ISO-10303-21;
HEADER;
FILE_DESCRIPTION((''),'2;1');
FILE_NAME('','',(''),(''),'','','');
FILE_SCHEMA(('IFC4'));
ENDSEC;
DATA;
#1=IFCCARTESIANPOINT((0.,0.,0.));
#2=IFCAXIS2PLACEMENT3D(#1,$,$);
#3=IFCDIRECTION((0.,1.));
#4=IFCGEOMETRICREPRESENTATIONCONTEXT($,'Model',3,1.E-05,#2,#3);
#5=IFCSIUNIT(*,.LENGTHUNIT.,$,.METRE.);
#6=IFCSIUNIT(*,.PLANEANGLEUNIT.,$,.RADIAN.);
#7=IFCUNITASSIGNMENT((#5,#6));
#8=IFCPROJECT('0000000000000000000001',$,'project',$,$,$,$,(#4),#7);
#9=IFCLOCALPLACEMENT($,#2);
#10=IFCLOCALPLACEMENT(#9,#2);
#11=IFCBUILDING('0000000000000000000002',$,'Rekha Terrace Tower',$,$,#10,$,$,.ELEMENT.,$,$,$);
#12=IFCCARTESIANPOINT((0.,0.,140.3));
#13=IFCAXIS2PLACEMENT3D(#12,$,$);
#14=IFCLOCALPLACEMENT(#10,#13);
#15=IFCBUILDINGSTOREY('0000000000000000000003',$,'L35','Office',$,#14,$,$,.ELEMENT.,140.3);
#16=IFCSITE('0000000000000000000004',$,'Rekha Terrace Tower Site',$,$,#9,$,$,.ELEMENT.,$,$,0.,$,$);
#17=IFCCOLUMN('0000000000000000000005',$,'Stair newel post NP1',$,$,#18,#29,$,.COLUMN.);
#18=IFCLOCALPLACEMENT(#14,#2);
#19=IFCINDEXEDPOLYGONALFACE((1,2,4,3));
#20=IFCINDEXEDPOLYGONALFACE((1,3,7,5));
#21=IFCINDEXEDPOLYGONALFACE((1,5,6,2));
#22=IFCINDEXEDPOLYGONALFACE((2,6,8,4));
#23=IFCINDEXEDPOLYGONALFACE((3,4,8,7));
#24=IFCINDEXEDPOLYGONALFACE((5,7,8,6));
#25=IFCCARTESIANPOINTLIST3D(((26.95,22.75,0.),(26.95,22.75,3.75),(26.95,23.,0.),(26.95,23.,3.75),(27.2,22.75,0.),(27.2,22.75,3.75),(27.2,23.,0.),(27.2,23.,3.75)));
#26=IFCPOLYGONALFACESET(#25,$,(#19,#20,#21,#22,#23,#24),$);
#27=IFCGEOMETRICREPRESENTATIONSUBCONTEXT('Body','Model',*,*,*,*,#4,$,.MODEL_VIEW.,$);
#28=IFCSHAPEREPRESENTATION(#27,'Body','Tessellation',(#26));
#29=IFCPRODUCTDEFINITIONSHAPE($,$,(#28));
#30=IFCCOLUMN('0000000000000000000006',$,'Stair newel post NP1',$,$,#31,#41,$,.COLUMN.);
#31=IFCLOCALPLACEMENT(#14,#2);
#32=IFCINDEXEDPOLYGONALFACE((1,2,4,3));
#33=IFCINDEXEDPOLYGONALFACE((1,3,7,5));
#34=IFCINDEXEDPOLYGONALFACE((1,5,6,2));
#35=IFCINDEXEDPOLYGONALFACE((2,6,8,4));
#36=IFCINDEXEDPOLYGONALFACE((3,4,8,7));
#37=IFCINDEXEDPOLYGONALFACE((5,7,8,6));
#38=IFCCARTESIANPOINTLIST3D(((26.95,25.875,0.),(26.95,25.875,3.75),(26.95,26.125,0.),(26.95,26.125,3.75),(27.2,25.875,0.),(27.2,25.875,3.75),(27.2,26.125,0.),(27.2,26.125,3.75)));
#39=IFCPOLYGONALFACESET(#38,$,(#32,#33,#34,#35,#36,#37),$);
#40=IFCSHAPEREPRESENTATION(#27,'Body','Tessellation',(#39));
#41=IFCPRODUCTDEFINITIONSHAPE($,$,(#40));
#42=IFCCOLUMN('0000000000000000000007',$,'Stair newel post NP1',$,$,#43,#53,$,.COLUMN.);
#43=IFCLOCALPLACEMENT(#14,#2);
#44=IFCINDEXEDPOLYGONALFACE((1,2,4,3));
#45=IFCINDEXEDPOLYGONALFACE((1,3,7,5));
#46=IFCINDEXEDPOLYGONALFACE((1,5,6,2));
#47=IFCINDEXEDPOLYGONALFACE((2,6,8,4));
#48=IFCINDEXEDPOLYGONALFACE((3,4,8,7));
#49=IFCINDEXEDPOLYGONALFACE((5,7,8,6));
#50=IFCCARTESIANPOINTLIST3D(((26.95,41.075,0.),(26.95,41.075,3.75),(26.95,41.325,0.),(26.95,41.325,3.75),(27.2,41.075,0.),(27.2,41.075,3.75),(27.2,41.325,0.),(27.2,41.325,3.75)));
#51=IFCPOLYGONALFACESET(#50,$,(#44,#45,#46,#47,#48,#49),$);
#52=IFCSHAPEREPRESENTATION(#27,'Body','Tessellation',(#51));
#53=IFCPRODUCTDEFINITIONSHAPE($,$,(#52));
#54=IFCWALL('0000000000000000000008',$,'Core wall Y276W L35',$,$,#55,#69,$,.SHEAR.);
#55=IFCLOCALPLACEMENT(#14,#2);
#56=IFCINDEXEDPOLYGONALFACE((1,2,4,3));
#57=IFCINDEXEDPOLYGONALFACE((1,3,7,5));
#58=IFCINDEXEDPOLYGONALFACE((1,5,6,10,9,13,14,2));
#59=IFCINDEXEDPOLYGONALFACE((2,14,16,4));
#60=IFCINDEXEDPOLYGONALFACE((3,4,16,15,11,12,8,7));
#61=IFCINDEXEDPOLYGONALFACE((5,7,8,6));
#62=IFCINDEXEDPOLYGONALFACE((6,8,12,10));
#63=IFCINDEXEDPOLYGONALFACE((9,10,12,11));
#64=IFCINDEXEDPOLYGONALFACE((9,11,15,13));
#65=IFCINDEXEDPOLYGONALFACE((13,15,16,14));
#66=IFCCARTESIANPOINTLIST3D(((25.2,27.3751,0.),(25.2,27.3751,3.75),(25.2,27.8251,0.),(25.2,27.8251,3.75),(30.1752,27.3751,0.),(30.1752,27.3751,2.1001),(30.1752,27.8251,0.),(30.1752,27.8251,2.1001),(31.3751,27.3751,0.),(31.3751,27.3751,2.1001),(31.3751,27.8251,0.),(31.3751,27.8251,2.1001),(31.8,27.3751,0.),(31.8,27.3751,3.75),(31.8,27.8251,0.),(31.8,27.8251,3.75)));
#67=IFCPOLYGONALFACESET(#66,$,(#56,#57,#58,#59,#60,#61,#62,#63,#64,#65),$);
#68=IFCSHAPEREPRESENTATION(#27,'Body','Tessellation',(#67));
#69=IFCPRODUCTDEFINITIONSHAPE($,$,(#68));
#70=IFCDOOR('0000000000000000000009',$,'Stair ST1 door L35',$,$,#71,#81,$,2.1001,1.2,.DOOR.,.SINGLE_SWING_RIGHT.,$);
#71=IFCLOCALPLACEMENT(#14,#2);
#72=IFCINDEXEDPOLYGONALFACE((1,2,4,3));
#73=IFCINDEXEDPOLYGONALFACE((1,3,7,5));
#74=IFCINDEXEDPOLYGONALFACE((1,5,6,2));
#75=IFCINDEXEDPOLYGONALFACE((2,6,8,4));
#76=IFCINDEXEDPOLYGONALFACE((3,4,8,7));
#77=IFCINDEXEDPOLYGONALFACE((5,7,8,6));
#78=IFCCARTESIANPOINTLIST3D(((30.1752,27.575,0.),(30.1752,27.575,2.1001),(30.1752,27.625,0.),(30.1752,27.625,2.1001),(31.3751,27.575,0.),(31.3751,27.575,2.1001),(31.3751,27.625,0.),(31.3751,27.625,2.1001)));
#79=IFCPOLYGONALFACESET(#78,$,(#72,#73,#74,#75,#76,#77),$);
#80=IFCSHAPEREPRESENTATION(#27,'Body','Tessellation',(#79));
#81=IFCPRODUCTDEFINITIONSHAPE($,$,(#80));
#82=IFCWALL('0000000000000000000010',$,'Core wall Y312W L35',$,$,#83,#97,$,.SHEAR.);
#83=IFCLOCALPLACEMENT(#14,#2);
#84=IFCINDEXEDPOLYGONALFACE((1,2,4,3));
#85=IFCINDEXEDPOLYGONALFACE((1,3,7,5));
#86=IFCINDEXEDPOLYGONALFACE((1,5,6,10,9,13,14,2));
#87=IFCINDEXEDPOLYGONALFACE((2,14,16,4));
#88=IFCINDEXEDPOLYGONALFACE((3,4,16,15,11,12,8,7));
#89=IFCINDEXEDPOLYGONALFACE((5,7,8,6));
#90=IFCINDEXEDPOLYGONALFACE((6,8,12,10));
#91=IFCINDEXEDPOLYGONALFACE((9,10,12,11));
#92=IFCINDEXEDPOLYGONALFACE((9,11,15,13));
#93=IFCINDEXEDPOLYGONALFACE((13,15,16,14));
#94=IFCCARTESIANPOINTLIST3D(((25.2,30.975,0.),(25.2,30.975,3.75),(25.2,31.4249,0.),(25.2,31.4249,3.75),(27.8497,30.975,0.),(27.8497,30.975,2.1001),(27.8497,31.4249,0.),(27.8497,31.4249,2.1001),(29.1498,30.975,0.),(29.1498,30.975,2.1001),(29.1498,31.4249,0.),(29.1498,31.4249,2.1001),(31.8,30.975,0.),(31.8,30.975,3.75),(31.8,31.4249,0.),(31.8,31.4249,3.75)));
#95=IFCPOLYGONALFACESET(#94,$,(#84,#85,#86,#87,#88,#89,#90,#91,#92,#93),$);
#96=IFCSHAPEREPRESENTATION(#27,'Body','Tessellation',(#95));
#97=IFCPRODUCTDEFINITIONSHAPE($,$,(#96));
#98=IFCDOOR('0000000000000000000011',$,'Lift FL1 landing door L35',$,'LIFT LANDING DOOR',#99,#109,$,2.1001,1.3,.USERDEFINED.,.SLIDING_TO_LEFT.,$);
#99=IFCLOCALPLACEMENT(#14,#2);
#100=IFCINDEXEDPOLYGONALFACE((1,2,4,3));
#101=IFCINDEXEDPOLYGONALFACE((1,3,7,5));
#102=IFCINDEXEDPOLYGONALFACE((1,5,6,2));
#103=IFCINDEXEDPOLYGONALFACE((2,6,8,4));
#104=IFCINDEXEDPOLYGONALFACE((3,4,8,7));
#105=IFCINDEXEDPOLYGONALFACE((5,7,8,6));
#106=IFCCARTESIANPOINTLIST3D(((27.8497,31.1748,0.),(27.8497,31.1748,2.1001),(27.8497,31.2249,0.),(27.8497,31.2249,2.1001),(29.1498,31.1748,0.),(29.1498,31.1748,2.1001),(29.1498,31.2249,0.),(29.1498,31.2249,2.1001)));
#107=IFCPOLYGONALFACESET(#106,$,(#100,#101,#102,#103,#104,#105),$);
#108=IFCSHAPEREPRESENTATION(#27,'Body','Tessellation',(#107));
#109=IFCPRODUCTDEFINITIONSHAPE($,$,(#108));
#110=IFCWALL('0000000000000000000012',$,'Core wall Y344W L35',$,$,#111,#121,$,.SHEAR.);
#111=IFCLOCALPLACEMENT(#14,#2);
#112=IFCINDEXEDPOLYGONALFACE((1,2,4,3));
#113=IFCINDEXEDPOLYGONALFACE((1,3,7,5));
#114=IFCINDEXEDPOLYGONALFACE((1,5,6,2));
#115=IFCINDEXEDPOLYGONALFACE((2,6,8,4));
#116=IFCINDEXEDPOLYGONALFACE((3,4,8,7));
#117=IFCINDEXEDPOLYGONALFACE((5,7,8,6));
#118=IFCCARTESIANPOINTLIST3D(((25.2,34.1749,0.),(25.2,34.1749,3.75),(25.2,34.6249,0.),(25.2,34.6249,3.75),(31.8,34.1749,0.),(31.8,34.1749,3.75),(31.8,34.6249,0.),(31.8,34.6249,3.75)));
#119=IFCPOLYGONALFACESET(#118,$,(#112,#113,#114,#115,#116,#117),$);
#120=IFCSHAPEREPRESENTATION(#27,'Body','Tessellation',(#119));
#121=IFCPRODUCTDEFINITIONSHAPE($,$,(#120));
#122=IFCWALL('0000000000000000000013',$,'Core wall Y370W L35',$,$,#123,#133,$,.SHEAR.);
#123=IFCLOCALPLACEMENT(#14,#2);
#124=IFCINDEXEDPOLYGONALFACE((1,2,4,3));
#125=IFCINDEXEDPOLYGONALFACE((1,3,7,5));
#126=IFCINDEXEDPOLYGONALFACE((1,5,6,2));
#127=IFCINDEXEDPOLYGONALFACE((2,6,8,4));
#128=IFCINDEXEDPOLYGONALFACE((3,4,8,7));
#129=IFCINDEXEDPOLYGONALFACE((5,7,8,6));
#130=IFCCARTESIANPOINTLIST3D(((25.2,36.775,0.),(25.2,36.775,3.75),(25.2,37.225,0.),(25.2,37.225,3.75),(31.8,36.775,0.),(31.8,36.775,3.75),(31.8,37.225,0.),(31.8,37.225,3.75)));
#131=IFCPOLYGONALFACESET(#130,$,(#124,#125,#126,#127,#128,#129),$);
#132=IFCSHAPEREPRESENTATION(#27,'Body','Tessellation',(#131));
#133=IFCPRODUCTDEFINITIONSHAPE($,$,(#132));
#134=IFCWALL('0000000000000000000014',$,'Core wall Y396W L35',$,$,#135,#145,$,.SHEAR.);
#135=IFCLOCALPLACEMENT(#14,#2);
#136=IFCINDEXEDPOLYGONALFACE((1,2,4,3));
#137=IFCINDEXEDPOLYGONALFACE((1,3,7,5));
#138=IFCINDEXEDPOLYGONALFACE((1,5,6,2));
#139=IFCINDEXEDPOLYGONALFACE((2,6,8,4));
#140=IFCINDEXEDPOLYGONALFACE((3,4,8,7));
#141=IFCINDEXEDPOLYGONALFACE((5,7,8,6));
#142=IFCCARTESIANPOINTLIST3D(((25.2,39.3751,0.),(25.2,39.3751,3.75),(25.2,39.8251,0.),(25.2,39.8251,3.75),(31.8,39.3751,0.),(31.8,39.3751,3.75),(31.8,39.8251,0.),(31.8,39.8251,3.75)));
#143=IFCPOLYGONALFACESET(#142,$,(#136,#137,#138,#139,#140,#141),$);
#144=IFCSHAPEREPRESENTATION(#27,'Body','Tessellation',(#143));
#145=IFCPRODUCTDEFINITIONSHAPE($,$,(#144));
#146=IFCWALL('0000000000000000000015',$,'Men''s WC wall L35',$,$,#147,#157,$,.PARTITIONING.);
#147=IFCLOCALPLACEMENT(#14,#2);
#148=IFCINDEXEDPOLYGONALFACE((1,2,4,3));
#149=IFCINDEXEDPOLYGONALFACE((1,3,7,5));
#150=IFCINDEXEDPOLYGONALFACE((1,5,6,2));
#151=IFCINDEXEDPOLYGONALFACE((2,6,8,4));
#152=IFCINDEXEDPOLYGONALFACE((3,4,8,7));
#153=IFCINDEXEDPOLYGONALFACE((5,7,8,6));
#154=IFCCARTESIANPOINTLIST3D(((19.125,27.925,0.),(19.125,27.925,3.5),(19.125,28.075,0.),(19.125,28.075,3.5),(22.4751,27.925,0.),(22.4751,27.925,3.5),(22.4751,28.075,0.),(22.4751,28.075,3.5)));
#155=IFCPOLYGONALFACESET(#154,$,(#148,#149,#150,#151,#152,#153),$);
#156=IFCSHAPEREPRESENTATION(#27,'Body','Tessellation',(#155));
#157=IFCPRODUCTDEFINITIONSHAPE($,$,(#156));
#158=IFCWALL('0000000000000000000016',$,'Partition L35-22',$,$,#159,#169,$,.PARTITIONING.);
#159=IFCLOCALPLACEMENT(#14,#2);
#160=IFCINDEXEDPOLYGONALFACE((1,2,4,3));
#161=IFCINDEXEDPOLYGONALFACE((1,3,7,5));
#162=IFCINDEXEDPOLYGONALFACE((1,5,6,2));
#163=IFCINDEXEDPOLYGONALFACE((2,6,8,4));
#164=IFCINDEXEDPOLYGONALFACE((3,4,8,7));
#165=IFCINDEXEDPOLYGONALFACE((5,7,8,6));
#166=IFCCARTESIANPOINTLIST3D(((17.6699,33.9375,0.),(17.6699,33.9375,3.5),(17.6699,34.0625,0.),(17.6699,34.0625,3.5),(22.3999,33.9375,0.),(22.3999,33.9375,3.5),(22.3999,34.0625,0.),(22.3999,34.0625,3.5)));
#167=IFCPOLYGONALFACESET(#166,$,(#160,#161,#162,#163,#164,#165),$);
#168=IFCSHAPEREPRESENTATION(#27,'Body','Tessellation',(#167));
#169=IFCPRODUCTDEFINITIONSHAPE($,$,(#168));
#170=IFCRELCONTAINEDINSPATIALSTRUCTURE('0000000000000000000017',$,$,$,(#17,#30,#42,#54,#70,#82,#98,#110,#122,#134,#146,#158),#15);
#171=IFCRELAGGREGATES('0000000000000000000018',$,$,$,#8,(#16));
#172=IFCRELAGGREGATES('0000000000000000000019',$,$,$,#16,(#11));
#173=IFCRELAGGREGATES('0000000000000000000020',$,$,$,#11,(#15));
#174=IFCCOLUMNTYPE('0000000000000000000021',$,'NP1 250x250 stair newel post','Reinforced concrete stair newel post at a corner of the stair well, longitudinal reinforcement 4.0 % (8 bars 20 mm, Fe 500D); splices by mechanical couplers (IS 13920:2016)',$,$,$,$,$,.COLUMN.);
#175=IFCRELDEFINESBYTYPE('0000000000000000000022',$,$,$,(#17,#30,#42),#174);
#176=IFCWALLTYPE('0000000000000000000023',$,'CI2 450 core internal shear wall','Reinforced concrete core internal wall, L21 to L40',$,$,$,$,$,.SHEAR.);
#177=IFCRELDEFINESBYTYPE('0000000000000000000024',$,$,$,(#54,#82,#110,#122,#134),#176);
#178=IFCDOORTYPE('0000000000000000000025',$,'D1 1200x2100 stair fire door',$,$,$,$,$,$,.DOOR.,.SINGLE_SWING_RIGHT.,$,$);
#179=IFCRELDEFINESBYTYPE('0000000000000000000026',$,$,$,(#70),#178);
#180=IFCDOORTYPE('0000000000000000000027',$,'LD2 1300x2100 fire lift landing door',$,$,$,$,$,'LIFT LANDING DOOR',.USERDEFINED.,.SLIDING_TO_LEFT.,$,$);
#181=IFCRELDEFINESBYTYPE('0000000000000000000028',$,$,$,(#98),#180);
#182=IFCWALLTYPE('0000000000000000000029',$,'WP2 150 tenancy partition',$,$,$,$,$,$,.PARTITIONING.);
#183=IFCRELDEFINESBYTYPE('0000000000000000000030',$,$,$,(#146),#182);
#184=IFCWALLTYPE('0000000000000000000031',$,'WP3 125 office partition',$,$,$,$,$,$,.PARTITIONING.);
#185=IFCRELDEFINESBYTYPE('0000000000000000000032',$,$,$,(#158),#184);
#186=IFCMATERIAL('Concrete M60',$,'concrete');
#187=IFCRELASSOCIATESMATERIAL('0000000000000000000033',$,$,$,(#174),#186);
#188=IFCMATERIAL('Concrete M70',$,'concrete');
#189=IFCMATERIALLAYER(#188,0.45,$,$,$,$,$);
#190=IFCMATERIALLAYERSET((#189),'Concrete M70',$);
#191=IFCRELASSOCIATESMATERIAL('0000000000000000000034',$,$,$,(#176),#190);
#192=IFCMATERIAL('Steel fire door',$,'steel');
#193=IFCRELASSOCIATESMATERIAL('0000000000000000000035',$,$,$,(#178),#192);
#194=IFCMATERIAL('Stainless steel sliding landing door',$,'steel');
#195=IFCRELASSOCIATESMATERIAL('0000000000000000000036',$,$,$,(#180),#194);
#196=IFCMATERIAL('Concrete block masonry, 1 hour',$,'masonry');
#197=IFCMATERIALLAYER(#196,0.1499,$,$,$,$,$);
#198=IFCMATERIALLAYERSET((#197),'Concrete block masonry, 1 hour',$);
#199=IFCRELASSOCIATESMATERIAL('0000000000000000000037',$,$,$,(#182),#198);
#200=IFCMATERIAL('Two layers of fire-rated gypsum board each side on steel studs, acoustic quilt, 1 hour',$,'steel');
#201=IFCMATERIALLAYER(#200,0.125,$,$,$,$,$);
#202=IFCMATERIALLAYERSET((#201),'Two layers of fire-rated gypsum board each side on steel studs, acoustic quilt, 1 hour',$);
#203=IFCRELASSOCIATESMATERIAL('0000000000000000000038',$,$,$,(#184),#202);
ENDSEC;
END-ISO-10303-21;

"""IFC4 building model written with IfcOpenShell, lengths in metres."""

from ifc_helpers import new_model, si_unit, direction, frame, frame_2d, origin, origin_2d, place, context, subcontext, project, spatial, rectangle, extrude, material, layer, layer_set, material_profile, profile_set, type_object, element, fill, save


model = new_model("IFC4")

# Units and contexts
model_context = context("Model", 3, precision=1e-05, world=origin(), true_north=direction((0.0, 1.0)))
body_context = subcontext(model_context, "Body", "Model", "MODEL_VIEW")
ifc_project = project(units=[si_unit("LENGTHUNIT", "METRE"), si_unit("PLANEANGLEUNIT", "RADIAN")], contexts=[model_context])

# Site, building, storey
site_placement = place(None, origin())
site = spatial("IfcSite", under=ifc_project, at=site_placement, Name="Rekha Terrace Tower Site", CompositionType="ELEMENT", RefElevation=0.0)
building_placement = place(site_placement, origin())
building = spatial("IfcBuilding", under=site, at=building_placement, Name="Rekha Terrace Tower", CompositionType="ELEMENT")
storey_placement = place(building_placement, frame((0.0, 0.0, 140.3)))
storey = spatial("IfcBuildingStorey", under=building, at=storey_placement, Name="L35", Description="Office", CompositionType="ELEMENT", Elevation=140.3)

# Columns
ifc_material_1 = material(Name="Concrete M60", Category="concrete")
ifc_material_profile = material_profile(ifc_material_1, rectangle(XDim=0.25, YDim=0.25, at=origin_2d()), Name="RC 250x250")
ifc_profile_set = profile_set([ifc_material_profile], Name="Concrete M60")
column_type = type_object("IfcColumnType", Name="NP1 250x250 stair newel post", Description="Reinforced concrete stair newel post at a corner of the stair well, longitudinal reinforcement 4.0 % (8 bars 20 mm, Fe 500D); splices by mechanical couplers (IS 13920:2016)", PredefinedType="COLUMN", material=ifc_profile_set)
for number, where, z_axis, x_axis, name in (
    (1, (27.075, 22.875, 0.0), (0.0, 0.0, 1.0), (1.0, 0.0, 0.0), "Stair newel post NP1"),
    (2, (27.075, 26.0, 0.0), (0.0, 0.0, 1.0), (1.0, 0.0, 0.0), "Stair newel post NP1"),
    (3, (27.075, 41.2, 0.0), (0.0, 0.0, 1.0), (1.0, 0.0, 0.0), "Stair newel post NP1"),
):
    element("IfcColumn", number, at=place(storey_placement, frame(where, z_axis=z_axis, x_axis=x_axis)), inside=storey, type_object=column_type, Name=name, PredefinedType="COLUMN", context=body_context, shape_type="SweptSolid", body=[
        extrude(rectangle(XDim=0.25, YDim=0.25, at=origin_2d()), origin(), (0.0, 0.0, 1.0), 3.75),
    ])

# Walls, openings, doors
ifc_material_2 = material(Name="Concrete M70", Category="concrete")
ifc_layer_1 = layer(ifc_material_2, 0.45)
ifc_layer_set_1 = layer_set([ifc_layer_1], Name="Concrete M70")
wall_type_1 = type_object("IfcWallType", Name="CI2 450 core internal shear wall", Description="Reinforced concrete core internal wall, L21 to L40", PredefinedType="SHEAR", material=ifc_layer_set_1)
wall_1_placement = place(storey_placement, frame((25.2, 27.6001, 0.0), z_axis=(0.0, 0.0, 1.0), x_axis=(1.0, 0.0, 0.0)))
wall_1 = element("IfcWall", 4, at=wall_1_placement, inside=storey, type_object=wall_type_1, Name="Core wall Y276W L35", PredefinedType="SHEAR", context=body_context, shape_type="SweptSolid", body=[
    extrude(rectangle(XDim=6.6001, YDim=0.45, at=frame_2d((3.3, 0.0))), origin(), (0.0, 0.0, 1.0), 3.75),
])
opening_1_placement = place(wall_1_placement, frame((4.9751, 0.0, 0.0)))
opening_1 = element("IfcOpeningElement", 5, at=opening_1_placement, cuts=wall_1, PredefinedType="OPENING", context=body_context, shape_type="SweptSolid", body=[
    extrude(rectangle(XDim=1.2, YDim=2.1001, at=frame_2d((0.6001, 1.05))), frame((0.0, 0.2349, 0.0), z_axis=(0.0, -1.0, 0.0), x_axis=(1.0, 0.0, 0.0)), (0.0, 0.0, 1.0), 0.47),
])
ifc_material_3 = material(Name="Steel fire door", Category="steel")
door_type_1 = type_object("IfcDoorType", Name="D1 1200x2100 stair fire door", OperationType="SINGLE_SWING_RIGHT", PredefinedType="DOOR", material=ifc_material_3)
door_1_placement = place(opening_1_placement, origin())
door_1 = element("IfcDoor", 6, at=door_1_placement, inside=storey, type_object=door_type_1, Name="Stair ST1 door L35", OperationType="SINGLE_SWING_RIGHT", OverallHeight=2.1001, OverallWidth=1.2, PredefinedType="DOOR", context=body_context, shape_type="SweptSolid", body=[
    extrude(rectangle(XDim=1.2, YDim=2.1001, at=frame_2d((0.6001, 1.05))), frame((0.0, 0.0249, 0.0), z_axis=(0.0, -1.0, 0.0), x_axis=(1.0, 0.0, 0.0)), (0.0, 0.0, 1.0), 0.05),
])
fill(opening_1, door_1)
wall_2_placement = place(storey_placement, frame((25.2, 31.2, 0.0), z_axis=(0.0, 0.0, 1.0), x_axis=(1.0, 0.0, 0.0)))
wall_2 = element("IfcWall", 7, at=wall_2_placement, inside=storey, type_object=wall_type_1, Name="Core wall Y312W L35", PredefinedType="SHEAR", context=body_context, shape_type="SweptSolid", body=[
    extrude(rectangle(XDim=6.6001, YDim=0.45, at=frame_2d((3.3, 0.0))), origin(), (0.0, 0.0, 1.0), 3.75),
])
opening_2_placement = place(wall_2_placement, frame((2.6499, 0.0, 0.0)))
opening_2 = element("IfcOpeningElement", 8, at=opening_2_placement, cuts=wall_2, PredefinedType="OPENING", context=body_context, shape_type="SweptSolid", body=[
    extrude(rectangle(XDim=1.3, YDim=2.1001, at=frame_2d((0.6499, 1.05))), frame((0.0, 0.2349, 0.0), z_axis=(0.0, -1.0, 0.0), x_axis=(1.0, 0.0, 0.0)), (0.0, 0.0, 1.0), 0.47),
])
ifc_material_4 = material(Name="Stainless steel sliding landing door", Category="steel")
door_type_2 = type_object("IfcDoorType", Name="LD2 1300x2100 fire lift landing door", ElementType="LIFT LANDING DOOR", OperationType="SLIDING_TO_LEFT", PredefinedType="USERDEFINED", material=ifc_material_4)
door_2_placement = place(opening_2_placement, origin())
door_2 = element("IfcDoor", 9, at=door_2_placement, inside=storey, type_object=door_type_2, Name="Lift FL1 landing door L35", ObjectType="LIFT LANDING DOOR", OperationType="SLIDING_TO_LEFT", OverallHeight=2.1001, OverallWidth=1.3, PredefinedType="USERDEFINED", context=body_context, shape_type="SweptSolid", body=[
    extrude(rectangle(XDim=1.3, YDim=2.1001, at=frame_2d((0.6499, 1.05))), frame((0.0, 0.0249, 0.0), z_axis=(0.0, -1.0, 0.0), x_axis=(1.0, 0.0, 0.0)), (0.0, 0.0, 1.0), 0.05),
])
fill(opening_2, door_2)

# Walls
for number, where, z_axis, x_axis, name in (
    (10, (25.2, 34.3999, 0.0), (0.0, 0.0, 1.0), (1.0, 0.0, 0.0), "Core wall Y344W L35"),
    (11, (25.2, 37.0, 0.0), (0.0, 0.0, 1.0), (1.0, 0.0, 0.0), "Core wall Y370W L35"),
    (12, (25.2, 39.6001, 0.0), (0.0, 0.0, 1.0), (1.0, 0.0, 0.0), "Core wall Y396W L35"),
):
    element("IfcWall", number, at=place(storey_placement, frame(where, z_axis=z_axis, x_axis=x_axis)), inside=storey, type_object=wall_type_1, Name=name, PredefinedType="SHEAR", context=body_context, shape_type="SweptSolid", body=[
        extrude(rectangle(XDim=6.6001, YDim=0.45, at=frame_2d((3.3, 0.0))), origin(), (0.0, 0.0, 1.0), 3.75),
    ])
ifc_material_5 = material(Name="Concrete block masonry, 1 hour", Category="masonry")
ifc_layer_2 = layer(ifc_material_5, 0.1499)
ifc_layer_set_2 = layer_set([ifc_layer_2], Name="Concrete block masonry, 1 hour")
wall_type_2 = type_object("IfcWallType", Name="WP2 150 tenancy partition", PredefinedType="PARTITIONING", material=ifc_layer_set_2)
wall_3_placement = place(storey_placement, frame((19.125, 28.0, 0.0), z_axis=(0.0, 0.0, 1.0), x_axis=(1.0, 0.0, 0.0)))
element("IfcWall", 13, at=wall_3_placement, inside=storey, type_object=wall_type_2, Name="Men's WC wall L35", PredefinedType="PARTITIONING", context=body_context, shape_type="SweptSolid", body=[
    extrude(rectangle(XDim=3.3501, YDim=0.1499, at=frame_2d((1.675, 0.0))), origin(), (0.0, 0.0, 1.0), 3.5),
])
ifc_material_6 = material(Name="Two layers of fire-rated gypsum board each side on steel studs, acoustic quilt, 1 hour", Category="steel")
ifc_layer_3 = layer(ifc_material_6, 0.125)
ifc_layer_set_3 = layer_set([ifc_layer_3], Name="Two layers of fire-rated gypsum board each side on steel studs, acoustic quilt, 1 hour")
wall_type_3 = type_object("IfcWallType", Name="WP3 125 office partition", PredefinedType="PARTITIONING", material=ifc_layer_set_3)
wall_4_placement = place(storey_placement, frame((17.6699, 34.0, 0.0), z_axis=(0.0, 0.0, 1.0), x_axis=(1.0, 0.0, 0.0)))
element("IfcWall", 14, at=wall_4_placement, inside=storey, type_object=wall_type_3, Name="Partition L35-22", PredefinedType="PARTITIONING", context=body_context, shape_type="SweptSolid", body=[
    extrude(rectangle(XDim=4.73, YDim=0.125, at=frame_2d((2.365, 0.0))), origin(), (0.0, 0.0, 1.0), 3.5),
])

save(model, "model.ifc")
